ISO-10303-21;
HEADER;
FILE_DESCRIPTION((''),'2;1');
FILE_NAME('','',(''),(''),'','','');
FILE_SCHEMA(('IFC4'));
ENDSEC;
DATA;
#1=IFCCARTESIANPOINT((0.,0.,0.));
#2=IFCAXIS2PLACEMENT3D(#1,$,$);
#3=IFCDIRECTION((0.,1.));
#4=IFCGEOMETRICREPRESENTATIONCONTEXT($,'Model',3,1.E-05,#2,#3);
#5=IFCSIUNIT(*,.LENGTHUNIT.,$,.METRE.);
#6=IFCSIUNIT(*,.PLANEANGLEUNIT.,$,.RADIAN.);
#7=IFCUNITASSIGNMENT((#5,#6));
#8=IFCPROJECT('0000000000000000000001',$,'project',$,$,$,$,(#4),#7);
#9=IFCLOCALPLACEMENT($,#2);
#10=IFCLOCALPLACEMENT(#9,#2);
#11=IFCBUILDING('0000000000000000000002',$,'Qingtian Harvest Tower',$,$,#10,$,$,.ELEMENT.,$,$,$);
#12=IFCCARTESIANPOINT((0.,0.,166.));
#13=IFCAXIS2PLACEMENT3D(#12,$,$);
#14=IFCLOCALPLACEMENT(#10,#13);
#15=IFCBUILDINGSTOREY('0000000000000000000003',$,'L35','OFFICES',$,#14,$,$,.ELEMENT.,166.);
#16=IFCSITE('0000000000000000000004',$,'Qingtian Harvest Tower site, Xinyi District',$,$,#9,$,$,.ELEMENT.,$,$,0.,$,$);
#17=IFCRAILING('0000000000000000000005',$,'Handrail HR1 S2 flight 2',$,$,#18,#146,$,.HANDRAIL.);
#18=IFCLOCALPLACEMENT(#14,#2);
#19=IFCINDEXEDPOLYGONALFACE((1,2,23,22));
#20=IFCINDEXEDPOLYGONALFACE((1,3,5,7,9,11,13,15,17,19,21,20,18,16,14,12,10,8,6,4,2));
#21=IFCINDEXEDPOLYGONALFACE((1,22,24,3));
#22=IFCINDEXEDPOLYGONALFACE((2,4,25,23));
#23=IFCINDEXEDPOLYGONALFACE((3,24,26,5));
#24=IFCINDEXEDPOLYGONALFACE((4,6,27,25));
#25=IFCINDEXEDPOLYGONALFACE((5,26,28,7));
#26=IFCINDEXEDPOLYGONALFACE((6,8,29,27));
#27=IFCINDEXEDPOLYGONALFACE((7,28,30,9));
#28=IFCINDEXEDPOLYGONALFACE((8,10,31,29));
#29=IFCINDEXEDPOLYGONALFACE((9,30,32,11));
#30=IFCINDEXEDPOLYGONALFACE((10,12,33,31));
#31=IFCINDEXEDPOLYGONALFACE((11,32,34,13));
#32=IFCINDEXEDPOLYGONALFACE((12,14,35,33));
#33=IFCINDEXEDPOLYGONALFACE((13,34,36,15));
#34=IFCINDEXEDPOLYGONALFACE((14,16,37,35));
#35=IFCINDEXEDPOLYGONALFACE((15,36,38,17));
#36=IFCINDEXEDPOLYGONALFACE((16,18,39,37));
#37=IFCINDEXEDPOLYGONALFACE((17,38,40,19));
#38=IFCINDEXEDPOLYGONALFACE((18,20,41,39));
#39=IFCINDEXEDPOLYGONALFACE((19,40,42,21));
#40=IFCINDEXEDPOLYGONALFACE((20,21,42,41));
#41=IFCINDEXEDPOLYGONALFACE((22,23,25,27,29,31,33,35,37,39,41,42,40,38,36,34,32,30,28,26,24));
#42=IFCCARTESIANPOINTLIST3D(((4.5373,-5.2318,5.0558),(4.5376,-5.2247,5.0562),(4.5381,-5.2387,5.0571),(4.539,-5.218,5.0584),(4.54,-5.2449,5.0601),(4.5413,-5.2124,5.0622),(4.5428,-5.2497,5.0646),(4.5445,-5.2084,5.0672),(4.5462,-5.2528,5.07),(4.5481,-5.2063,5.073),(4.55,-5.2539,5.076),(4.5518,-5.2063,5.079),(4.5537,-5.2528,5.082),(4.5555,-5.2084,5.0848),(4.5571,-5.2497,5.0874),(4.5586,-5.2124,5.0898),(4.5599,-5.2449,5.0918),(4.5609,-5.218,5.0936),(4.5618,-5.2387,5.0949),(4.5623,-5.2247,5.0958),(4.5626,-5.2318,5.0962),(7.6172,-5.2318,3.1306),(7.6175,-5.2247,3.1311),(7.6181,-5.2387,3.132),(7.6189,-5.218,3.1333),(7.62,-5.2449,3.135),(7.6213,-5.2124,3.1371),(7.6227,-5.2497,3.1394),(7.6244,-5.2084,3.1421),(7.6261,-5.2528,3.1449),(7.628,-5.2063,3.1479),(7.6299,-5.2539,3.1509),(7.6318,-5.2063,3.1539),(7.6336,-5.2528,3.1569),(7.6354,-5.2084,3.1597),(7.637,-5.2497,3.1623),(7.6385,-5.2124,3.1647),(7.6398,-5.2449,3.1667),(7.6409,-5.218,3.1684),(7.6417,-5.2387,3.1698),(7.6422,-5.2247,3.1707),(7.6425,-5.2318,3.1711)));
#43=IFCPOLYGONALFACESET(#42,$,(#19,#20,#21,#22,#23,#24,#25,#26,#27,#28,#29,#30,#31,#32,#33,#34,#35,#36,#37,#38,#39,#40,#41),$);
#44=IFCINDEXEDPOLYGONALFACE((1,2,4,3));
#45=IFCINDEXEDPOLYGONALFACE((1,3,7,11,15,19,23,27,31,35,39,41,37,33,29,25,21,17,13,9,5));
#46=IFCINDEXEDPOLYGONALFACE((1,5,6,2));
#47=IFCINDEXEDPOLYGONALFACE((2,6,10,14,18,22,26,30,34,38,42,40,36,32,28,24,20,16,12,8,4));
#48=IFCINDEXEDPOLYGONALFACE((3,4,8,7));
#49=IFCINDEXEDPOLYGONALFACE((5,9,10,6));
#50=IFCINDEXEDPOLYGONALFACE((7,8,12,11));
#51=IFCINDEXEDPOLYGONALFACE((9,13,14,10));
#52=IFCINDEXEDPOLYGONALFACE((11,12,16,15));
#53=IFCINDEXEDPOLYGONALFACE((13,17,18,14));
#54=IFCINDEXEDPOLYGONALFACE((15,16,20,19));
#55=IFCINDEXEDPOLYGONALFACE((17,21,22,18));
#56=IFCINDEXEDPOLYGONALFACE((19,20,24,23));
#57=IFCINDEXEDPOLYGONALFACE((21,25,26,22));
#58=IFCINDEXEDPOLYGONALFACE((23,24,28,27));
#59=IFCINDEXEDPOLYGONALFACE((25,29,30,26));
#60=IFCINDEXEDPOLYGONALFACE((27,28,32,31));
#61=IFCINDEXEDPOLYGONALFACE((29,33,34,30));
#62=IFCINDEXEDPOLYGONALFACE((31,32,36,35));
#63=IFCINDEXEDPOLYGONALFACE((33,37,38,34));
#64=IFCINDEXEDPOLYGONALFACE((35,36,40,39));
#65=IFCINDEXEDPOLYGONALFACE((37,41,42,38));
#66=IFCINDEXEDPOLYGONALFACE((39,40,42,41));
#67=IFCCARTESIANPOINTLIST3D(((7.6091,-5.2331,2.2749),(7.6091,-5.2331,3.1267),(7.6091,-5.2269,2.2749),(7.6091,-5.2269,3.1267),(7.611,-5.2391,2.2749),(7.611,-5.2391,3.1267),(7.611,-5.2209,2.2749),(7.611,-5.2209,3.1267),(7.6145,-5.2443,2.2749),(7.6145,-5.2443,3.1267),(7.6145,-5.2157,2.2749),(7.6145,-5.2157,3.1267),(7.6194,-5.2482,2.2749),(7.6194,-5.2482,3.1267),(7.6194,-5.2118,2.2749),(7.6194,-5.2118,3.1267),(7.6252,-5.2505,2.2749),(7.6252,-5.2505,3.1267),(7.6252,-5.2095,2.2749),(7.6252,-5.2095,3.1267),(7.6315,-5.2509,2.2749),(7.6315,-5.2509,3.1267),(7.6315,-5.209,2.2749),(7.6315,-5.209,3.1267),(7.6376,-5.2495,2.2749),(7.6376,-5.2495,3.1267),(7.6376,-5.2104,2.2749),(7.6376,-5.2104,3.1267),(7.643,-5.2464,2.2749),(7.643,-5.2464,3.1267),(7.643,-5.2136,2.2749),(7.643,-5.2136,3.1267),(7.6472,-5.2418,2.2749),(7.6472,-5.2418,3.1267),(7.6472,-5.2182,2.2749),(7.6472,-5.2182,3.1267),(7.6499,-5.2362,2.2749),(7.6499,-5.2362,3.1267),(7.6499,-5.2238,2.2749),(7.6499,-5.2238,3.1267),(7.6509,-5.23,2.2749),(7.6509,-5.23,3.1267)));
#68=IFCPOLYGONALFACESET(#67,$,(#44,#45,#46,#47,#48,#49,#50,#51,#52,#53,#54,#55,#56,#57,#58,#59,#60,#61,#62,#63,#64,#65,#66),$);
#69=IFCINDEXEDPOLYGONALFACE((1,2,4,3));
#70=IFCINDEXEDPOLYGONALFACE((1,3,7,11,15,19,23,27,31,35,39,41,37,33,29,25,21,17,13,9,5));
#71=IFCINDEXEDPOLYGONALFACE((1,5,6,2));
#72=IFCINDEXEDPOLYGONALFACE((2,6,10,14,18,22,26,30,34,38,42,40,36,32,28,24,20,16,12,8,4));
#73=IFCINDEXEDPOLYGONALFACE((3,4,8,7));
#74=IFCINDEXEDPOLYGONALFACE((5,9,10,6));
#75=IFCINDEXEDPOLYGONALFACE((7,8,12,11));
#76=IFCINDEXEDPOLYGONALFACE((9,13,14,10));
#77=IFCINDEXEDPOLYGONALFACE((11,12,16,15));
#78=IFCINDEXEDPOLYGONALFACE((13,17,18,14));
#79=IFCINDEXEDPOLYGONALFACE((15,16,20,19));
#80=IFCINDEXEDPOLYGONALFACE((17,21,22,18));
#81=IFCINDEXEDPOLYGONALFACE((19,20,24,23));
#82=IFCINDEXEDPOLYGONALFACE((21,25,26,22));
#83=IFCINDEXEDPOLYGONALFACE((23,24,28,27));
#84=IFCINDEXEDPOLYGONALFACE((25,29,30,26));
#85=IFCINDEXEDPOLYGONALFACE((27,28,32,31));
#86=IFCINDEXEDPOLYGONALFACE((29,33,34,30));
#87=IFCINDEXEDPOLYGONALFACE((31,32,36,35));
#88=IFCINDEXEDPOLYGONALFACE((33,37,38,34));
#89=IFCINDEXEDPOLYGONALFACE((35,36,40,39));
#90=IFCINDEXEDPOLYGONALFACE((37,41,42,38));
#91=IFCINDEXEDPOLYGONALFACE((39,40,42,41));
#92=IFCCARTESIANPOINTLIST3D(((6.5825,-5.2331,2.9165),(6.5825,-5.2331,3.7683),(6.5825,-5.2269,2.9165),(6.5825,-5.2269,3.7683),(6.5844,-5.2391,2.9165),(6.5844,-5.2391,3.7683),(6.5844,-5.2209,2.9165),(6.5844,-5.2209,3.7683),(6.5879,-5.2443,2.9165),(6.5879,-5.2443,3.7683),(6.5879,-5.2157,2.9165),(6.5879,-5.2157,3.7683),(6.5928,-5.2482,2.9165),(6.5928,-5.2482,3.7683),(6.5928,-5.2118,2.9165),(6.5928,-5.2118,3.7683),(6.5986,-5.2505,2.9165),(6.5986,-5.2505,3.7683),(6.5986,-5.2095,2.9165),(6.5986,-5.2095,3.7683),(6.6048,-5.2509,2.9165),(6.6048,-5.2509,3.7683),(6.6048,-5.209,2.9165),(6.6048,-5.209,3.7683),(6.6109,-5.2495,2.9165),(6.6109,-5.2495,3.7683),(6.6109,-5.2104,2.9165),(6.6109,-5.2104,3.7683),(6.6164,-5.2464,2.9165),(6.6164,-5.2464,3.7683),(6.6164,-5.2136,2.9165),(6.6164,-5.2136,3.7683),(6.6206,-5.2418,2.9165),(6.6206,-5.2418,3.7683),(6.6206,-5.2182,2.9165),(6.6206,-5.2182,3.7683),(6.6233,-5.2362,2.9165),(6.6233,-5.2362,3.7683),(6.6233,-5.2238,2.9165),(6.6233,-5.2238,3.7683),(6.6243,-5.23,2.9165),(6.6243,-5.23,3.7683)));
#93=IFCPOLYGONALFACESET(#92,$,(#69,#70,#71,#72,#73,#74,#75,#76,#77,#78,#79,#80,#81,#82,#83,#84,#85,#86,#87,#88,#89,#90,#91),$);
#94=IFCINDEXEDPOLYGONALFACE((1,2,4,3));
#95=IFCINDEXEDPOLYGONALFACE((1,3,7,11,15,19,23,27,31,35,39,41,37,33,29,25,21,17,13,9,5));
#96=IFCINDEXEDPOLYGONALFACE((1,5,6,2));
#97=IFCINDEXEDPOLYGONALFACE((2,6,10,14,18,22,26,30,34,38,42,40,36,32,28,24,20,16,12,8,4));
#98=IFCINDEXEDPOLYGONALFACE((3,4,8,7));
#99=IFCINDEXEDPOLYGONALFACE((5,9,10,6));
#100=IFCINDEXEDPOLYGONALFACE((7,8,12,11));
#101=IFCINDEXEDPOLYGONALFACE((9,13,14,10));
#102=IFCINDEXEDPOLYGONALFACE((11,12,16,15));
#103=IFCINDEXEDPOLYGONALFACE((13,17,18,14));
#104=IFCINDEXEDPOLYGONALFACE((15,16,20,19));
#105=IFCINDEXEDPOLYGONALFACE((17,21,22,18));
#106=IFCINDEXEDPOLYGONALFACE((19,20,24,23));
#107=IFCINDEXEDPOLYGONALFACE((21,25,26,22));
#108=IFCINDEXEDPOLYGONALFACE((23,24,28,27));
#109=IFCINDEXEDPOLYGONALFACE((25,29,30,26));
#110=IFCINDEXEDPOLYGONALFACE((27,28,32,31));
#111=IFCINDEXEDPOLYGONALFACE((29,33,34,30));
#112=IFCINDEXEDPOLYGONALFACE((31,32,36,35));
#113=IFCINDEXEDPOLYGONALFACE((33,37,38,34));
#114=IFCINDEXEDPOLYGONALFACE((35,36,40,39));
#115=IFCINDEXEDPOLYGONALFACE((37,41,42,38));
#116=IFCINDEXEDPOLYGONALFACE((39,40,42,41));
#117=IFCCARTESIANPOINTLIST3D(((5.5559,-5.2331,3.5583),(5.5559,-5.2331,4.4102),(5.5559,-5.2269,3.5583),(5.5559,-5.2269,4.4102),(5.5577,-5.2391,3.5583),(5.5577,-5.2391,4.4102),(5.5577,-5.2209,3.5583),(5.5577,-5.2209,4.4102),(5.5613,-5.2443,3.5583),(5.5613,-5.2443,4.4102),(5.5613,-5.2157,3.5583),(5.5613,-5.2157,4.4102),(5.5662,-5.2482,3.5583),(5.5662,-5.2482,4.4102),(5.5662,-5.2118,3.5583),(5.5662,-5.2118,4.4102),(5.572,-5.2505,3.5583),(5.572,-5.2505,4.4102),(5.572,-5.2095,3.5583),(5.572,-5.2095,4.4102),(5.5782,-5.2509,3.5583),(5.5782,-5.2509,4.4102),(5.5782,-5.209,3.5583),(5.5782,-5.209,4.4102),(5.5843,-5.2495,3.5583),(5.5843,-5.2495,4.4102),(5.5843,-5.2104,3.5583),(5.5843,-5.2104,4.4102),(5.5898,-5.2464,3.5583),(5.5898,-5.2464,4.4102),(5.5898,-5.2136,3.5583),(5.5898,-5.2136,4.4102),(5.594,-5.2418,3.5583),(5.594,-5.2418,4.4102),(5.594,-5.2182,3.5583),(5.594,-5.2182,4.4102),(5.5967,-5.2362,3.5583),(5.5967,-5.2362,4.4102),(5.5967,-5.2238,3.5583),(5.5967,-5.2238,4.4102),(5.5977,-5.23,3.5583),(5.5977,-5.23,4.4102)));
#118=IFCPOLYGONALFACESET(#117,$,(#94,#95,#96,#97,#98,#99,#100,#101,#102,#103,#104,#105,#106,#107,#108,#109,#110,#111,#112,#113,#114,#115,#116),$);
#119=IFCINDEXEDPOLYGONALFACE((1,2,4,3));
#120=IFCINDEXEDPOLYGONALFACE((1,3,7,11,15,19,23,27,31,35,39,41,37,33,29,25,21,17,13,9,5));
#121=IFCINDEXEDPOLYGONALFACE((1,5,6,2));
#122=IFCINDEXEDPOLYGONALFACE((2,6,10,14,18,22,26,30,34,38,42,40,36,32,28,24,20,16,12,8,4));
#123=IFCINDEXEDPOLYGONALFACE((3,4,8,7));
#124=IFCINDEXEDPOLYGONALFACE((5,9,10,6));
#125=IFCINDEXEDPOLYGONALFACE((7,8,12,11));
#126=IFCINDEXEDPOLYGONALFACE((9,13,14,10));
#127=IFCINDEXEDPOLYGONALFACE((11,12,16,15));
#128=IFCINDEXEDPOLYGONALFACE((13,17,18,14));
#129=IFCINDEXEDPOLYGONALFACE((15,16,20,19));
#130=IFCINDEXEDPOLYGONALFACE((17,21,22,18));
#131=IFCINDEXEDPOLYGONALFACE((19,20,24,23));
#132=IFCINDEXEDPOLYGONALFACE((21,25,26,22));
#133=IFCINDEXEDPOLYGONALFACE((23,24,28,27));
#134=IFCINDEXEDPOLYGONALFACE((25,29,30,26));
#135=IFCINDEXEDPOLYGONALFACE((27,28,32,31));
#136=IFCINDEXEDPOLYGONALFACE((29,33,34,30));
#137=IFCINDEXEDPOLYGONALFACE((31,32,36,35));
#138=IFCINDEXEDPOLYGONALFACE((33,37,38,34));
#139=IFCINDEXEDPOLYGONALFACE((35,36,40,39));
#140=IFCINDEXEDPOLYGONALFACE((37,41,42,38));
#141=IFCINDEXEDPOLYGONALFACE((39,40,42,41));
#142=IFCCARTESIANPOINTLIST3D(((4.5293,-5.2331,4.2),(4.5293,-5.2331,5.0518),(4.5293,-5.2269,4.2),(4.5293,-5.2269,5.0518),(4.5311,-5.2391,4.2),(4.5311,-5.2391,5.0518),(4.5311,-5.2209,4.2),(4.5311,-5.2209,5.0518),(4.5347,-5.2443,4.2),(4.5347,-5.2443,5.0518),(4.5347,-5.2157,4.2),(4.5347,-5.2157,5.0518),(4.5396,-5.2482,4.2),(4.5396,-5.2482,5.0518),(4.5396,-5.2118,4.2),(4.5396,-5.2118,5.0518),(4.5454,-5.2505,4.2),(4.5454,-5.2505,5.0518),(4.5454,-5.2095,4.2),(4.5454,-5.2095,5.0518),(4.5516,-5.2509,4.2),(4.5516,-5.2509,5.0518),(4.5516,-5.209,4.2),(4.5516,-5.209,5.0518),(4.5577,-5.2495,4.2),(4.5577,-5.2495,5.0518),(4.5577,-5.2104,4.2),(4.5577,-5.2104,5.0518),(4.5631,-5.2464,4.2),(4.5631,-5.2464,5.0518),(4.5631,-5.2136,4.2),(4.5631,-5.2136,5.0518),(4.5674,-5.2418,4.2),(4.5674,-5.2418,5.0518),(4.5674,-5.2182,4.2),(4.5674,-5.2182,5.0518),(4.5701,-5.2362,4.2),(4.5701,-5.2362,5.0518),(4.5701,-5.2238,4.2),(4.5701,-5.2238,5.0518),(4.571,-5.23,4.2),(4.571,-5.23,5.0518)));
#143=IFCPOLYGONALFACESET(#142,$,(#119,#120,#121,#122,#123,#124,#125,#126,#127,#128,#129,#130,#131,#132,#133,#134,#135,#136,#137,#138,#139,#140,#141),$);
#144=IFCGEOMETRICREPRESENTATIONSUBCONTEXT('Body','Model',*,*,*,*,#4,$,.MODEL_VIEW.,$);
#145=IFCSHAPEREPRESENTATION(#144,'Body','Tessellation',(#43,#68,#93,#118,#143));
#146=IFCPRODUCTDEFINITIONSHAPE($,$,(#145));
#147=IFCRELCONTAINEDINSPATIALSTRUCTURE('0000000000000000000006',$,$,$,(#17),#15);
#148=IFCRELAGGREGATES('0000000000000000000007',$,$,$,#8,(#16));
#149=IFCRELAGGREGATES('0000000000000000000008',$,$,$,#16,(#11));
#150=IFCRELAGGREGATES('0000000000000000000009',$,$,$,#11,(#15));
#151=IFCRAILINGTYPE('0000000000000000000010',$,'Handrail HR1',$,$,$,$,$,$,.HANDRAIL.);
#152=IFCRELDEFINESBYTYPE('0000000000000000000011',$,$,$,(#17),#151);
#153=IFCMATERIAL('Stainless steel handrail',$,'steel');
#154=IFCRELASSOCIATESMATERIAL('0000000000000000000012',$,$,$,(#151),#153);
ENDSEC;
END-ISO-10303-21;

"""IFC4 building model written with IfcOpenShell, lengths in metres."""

from ifc_helpers import new_model, si_unit, direction, frame, origin, origin_2d, place, context, subcontext, project, spatial, circle, extrude, material, type_object, element, save


model = new_model("IFC4")

# Units and contexts
model_context = context("Model", 3, precision=1e-05, world=origin(), true_north=direction((0.0, 1.0)))
body_context = subcontext(model_context, "Body", "Model", "MODEL_VIEW")
ifc_project = project(units=[si_unit("LENGTHUNIT", "METRE"), si_unit("PLANEANGLEUNIT", "RADIAN")], contexts=[model_context])

# Site, building, storey
site_placement = place(None, origin())
site = spatial("IfcSite", under=ifc_project, at=site_placement, Name="Qingtian Harvest Tower site, Xinyi District", CompositionType="ELEMENT", RefElevation=0.0)
building_placement = place(site_placement, origin())
building = spatial("IfcBuilding", under=site, at=building_placement, Name="Qingtian Harvest Tower", CompositionType="ELEMENT")
storey_placement = place(building_placement, frame((0.0, 0.0, 166.0)))
storey = spatial("IfcBuildingStorey", under=building, at=storey_placement, Name="L35", Description="OFFICES", CompositionType="ELEMENT", Elevation=166.0)

# Railing
ifc_material_1 = material(Name="Stainless steel handrail", Category="steel")
railing_type = type_object("IfcRailingType", Name="Handrail HR1", PredefinedType="HANDRAIL", material=ifc_material_1)
railing_1_placement = place(storey_placement, frame((7.6299, -5.23, 2.2749)))
element("IfcRailing", 1, at=railing_1_placement, inside=storey, type_object=railing_type, Name="Handrail HR1 S2 flight 2", PredefinedType="HANDRAIL", context=body_context, shape_type="SweptSolid", body=[
    extrude(circle(Radius=0.0239, at=origin_2d()), frame((0.0, 0.0, 0.876), z_axis=(-0.847979, 0.0, 0.530029), x_axis=(0.0, -1.0, 0.0)), (0.0, 0.0, 1.0), 3.6321),
    extrude(circle(Radius=0.021, at=origin_2d()), origin(), (0.0, 0.0, 1.0), 0.8518),
    extrude(circle(Radius=0.021, at=origin_2d()), frame((-1.0266, 0.0, 0.6416)), (0.0, 0.0, 1.0), 0.8518),
    extrude(circle(Radius=0.021, at=origin_2d()), frame((-2.0532, 0.0, 1.2834)), (0.0, 0.0, 1.0), 0.8518),
    extrude(circle(Radius=0.021, at=origin_2d()), frame((-3.0798, 0.0, 1.925)), (0.0, 0.0, 1.0), 0.8518),
])

save(model, "model.ifc")
